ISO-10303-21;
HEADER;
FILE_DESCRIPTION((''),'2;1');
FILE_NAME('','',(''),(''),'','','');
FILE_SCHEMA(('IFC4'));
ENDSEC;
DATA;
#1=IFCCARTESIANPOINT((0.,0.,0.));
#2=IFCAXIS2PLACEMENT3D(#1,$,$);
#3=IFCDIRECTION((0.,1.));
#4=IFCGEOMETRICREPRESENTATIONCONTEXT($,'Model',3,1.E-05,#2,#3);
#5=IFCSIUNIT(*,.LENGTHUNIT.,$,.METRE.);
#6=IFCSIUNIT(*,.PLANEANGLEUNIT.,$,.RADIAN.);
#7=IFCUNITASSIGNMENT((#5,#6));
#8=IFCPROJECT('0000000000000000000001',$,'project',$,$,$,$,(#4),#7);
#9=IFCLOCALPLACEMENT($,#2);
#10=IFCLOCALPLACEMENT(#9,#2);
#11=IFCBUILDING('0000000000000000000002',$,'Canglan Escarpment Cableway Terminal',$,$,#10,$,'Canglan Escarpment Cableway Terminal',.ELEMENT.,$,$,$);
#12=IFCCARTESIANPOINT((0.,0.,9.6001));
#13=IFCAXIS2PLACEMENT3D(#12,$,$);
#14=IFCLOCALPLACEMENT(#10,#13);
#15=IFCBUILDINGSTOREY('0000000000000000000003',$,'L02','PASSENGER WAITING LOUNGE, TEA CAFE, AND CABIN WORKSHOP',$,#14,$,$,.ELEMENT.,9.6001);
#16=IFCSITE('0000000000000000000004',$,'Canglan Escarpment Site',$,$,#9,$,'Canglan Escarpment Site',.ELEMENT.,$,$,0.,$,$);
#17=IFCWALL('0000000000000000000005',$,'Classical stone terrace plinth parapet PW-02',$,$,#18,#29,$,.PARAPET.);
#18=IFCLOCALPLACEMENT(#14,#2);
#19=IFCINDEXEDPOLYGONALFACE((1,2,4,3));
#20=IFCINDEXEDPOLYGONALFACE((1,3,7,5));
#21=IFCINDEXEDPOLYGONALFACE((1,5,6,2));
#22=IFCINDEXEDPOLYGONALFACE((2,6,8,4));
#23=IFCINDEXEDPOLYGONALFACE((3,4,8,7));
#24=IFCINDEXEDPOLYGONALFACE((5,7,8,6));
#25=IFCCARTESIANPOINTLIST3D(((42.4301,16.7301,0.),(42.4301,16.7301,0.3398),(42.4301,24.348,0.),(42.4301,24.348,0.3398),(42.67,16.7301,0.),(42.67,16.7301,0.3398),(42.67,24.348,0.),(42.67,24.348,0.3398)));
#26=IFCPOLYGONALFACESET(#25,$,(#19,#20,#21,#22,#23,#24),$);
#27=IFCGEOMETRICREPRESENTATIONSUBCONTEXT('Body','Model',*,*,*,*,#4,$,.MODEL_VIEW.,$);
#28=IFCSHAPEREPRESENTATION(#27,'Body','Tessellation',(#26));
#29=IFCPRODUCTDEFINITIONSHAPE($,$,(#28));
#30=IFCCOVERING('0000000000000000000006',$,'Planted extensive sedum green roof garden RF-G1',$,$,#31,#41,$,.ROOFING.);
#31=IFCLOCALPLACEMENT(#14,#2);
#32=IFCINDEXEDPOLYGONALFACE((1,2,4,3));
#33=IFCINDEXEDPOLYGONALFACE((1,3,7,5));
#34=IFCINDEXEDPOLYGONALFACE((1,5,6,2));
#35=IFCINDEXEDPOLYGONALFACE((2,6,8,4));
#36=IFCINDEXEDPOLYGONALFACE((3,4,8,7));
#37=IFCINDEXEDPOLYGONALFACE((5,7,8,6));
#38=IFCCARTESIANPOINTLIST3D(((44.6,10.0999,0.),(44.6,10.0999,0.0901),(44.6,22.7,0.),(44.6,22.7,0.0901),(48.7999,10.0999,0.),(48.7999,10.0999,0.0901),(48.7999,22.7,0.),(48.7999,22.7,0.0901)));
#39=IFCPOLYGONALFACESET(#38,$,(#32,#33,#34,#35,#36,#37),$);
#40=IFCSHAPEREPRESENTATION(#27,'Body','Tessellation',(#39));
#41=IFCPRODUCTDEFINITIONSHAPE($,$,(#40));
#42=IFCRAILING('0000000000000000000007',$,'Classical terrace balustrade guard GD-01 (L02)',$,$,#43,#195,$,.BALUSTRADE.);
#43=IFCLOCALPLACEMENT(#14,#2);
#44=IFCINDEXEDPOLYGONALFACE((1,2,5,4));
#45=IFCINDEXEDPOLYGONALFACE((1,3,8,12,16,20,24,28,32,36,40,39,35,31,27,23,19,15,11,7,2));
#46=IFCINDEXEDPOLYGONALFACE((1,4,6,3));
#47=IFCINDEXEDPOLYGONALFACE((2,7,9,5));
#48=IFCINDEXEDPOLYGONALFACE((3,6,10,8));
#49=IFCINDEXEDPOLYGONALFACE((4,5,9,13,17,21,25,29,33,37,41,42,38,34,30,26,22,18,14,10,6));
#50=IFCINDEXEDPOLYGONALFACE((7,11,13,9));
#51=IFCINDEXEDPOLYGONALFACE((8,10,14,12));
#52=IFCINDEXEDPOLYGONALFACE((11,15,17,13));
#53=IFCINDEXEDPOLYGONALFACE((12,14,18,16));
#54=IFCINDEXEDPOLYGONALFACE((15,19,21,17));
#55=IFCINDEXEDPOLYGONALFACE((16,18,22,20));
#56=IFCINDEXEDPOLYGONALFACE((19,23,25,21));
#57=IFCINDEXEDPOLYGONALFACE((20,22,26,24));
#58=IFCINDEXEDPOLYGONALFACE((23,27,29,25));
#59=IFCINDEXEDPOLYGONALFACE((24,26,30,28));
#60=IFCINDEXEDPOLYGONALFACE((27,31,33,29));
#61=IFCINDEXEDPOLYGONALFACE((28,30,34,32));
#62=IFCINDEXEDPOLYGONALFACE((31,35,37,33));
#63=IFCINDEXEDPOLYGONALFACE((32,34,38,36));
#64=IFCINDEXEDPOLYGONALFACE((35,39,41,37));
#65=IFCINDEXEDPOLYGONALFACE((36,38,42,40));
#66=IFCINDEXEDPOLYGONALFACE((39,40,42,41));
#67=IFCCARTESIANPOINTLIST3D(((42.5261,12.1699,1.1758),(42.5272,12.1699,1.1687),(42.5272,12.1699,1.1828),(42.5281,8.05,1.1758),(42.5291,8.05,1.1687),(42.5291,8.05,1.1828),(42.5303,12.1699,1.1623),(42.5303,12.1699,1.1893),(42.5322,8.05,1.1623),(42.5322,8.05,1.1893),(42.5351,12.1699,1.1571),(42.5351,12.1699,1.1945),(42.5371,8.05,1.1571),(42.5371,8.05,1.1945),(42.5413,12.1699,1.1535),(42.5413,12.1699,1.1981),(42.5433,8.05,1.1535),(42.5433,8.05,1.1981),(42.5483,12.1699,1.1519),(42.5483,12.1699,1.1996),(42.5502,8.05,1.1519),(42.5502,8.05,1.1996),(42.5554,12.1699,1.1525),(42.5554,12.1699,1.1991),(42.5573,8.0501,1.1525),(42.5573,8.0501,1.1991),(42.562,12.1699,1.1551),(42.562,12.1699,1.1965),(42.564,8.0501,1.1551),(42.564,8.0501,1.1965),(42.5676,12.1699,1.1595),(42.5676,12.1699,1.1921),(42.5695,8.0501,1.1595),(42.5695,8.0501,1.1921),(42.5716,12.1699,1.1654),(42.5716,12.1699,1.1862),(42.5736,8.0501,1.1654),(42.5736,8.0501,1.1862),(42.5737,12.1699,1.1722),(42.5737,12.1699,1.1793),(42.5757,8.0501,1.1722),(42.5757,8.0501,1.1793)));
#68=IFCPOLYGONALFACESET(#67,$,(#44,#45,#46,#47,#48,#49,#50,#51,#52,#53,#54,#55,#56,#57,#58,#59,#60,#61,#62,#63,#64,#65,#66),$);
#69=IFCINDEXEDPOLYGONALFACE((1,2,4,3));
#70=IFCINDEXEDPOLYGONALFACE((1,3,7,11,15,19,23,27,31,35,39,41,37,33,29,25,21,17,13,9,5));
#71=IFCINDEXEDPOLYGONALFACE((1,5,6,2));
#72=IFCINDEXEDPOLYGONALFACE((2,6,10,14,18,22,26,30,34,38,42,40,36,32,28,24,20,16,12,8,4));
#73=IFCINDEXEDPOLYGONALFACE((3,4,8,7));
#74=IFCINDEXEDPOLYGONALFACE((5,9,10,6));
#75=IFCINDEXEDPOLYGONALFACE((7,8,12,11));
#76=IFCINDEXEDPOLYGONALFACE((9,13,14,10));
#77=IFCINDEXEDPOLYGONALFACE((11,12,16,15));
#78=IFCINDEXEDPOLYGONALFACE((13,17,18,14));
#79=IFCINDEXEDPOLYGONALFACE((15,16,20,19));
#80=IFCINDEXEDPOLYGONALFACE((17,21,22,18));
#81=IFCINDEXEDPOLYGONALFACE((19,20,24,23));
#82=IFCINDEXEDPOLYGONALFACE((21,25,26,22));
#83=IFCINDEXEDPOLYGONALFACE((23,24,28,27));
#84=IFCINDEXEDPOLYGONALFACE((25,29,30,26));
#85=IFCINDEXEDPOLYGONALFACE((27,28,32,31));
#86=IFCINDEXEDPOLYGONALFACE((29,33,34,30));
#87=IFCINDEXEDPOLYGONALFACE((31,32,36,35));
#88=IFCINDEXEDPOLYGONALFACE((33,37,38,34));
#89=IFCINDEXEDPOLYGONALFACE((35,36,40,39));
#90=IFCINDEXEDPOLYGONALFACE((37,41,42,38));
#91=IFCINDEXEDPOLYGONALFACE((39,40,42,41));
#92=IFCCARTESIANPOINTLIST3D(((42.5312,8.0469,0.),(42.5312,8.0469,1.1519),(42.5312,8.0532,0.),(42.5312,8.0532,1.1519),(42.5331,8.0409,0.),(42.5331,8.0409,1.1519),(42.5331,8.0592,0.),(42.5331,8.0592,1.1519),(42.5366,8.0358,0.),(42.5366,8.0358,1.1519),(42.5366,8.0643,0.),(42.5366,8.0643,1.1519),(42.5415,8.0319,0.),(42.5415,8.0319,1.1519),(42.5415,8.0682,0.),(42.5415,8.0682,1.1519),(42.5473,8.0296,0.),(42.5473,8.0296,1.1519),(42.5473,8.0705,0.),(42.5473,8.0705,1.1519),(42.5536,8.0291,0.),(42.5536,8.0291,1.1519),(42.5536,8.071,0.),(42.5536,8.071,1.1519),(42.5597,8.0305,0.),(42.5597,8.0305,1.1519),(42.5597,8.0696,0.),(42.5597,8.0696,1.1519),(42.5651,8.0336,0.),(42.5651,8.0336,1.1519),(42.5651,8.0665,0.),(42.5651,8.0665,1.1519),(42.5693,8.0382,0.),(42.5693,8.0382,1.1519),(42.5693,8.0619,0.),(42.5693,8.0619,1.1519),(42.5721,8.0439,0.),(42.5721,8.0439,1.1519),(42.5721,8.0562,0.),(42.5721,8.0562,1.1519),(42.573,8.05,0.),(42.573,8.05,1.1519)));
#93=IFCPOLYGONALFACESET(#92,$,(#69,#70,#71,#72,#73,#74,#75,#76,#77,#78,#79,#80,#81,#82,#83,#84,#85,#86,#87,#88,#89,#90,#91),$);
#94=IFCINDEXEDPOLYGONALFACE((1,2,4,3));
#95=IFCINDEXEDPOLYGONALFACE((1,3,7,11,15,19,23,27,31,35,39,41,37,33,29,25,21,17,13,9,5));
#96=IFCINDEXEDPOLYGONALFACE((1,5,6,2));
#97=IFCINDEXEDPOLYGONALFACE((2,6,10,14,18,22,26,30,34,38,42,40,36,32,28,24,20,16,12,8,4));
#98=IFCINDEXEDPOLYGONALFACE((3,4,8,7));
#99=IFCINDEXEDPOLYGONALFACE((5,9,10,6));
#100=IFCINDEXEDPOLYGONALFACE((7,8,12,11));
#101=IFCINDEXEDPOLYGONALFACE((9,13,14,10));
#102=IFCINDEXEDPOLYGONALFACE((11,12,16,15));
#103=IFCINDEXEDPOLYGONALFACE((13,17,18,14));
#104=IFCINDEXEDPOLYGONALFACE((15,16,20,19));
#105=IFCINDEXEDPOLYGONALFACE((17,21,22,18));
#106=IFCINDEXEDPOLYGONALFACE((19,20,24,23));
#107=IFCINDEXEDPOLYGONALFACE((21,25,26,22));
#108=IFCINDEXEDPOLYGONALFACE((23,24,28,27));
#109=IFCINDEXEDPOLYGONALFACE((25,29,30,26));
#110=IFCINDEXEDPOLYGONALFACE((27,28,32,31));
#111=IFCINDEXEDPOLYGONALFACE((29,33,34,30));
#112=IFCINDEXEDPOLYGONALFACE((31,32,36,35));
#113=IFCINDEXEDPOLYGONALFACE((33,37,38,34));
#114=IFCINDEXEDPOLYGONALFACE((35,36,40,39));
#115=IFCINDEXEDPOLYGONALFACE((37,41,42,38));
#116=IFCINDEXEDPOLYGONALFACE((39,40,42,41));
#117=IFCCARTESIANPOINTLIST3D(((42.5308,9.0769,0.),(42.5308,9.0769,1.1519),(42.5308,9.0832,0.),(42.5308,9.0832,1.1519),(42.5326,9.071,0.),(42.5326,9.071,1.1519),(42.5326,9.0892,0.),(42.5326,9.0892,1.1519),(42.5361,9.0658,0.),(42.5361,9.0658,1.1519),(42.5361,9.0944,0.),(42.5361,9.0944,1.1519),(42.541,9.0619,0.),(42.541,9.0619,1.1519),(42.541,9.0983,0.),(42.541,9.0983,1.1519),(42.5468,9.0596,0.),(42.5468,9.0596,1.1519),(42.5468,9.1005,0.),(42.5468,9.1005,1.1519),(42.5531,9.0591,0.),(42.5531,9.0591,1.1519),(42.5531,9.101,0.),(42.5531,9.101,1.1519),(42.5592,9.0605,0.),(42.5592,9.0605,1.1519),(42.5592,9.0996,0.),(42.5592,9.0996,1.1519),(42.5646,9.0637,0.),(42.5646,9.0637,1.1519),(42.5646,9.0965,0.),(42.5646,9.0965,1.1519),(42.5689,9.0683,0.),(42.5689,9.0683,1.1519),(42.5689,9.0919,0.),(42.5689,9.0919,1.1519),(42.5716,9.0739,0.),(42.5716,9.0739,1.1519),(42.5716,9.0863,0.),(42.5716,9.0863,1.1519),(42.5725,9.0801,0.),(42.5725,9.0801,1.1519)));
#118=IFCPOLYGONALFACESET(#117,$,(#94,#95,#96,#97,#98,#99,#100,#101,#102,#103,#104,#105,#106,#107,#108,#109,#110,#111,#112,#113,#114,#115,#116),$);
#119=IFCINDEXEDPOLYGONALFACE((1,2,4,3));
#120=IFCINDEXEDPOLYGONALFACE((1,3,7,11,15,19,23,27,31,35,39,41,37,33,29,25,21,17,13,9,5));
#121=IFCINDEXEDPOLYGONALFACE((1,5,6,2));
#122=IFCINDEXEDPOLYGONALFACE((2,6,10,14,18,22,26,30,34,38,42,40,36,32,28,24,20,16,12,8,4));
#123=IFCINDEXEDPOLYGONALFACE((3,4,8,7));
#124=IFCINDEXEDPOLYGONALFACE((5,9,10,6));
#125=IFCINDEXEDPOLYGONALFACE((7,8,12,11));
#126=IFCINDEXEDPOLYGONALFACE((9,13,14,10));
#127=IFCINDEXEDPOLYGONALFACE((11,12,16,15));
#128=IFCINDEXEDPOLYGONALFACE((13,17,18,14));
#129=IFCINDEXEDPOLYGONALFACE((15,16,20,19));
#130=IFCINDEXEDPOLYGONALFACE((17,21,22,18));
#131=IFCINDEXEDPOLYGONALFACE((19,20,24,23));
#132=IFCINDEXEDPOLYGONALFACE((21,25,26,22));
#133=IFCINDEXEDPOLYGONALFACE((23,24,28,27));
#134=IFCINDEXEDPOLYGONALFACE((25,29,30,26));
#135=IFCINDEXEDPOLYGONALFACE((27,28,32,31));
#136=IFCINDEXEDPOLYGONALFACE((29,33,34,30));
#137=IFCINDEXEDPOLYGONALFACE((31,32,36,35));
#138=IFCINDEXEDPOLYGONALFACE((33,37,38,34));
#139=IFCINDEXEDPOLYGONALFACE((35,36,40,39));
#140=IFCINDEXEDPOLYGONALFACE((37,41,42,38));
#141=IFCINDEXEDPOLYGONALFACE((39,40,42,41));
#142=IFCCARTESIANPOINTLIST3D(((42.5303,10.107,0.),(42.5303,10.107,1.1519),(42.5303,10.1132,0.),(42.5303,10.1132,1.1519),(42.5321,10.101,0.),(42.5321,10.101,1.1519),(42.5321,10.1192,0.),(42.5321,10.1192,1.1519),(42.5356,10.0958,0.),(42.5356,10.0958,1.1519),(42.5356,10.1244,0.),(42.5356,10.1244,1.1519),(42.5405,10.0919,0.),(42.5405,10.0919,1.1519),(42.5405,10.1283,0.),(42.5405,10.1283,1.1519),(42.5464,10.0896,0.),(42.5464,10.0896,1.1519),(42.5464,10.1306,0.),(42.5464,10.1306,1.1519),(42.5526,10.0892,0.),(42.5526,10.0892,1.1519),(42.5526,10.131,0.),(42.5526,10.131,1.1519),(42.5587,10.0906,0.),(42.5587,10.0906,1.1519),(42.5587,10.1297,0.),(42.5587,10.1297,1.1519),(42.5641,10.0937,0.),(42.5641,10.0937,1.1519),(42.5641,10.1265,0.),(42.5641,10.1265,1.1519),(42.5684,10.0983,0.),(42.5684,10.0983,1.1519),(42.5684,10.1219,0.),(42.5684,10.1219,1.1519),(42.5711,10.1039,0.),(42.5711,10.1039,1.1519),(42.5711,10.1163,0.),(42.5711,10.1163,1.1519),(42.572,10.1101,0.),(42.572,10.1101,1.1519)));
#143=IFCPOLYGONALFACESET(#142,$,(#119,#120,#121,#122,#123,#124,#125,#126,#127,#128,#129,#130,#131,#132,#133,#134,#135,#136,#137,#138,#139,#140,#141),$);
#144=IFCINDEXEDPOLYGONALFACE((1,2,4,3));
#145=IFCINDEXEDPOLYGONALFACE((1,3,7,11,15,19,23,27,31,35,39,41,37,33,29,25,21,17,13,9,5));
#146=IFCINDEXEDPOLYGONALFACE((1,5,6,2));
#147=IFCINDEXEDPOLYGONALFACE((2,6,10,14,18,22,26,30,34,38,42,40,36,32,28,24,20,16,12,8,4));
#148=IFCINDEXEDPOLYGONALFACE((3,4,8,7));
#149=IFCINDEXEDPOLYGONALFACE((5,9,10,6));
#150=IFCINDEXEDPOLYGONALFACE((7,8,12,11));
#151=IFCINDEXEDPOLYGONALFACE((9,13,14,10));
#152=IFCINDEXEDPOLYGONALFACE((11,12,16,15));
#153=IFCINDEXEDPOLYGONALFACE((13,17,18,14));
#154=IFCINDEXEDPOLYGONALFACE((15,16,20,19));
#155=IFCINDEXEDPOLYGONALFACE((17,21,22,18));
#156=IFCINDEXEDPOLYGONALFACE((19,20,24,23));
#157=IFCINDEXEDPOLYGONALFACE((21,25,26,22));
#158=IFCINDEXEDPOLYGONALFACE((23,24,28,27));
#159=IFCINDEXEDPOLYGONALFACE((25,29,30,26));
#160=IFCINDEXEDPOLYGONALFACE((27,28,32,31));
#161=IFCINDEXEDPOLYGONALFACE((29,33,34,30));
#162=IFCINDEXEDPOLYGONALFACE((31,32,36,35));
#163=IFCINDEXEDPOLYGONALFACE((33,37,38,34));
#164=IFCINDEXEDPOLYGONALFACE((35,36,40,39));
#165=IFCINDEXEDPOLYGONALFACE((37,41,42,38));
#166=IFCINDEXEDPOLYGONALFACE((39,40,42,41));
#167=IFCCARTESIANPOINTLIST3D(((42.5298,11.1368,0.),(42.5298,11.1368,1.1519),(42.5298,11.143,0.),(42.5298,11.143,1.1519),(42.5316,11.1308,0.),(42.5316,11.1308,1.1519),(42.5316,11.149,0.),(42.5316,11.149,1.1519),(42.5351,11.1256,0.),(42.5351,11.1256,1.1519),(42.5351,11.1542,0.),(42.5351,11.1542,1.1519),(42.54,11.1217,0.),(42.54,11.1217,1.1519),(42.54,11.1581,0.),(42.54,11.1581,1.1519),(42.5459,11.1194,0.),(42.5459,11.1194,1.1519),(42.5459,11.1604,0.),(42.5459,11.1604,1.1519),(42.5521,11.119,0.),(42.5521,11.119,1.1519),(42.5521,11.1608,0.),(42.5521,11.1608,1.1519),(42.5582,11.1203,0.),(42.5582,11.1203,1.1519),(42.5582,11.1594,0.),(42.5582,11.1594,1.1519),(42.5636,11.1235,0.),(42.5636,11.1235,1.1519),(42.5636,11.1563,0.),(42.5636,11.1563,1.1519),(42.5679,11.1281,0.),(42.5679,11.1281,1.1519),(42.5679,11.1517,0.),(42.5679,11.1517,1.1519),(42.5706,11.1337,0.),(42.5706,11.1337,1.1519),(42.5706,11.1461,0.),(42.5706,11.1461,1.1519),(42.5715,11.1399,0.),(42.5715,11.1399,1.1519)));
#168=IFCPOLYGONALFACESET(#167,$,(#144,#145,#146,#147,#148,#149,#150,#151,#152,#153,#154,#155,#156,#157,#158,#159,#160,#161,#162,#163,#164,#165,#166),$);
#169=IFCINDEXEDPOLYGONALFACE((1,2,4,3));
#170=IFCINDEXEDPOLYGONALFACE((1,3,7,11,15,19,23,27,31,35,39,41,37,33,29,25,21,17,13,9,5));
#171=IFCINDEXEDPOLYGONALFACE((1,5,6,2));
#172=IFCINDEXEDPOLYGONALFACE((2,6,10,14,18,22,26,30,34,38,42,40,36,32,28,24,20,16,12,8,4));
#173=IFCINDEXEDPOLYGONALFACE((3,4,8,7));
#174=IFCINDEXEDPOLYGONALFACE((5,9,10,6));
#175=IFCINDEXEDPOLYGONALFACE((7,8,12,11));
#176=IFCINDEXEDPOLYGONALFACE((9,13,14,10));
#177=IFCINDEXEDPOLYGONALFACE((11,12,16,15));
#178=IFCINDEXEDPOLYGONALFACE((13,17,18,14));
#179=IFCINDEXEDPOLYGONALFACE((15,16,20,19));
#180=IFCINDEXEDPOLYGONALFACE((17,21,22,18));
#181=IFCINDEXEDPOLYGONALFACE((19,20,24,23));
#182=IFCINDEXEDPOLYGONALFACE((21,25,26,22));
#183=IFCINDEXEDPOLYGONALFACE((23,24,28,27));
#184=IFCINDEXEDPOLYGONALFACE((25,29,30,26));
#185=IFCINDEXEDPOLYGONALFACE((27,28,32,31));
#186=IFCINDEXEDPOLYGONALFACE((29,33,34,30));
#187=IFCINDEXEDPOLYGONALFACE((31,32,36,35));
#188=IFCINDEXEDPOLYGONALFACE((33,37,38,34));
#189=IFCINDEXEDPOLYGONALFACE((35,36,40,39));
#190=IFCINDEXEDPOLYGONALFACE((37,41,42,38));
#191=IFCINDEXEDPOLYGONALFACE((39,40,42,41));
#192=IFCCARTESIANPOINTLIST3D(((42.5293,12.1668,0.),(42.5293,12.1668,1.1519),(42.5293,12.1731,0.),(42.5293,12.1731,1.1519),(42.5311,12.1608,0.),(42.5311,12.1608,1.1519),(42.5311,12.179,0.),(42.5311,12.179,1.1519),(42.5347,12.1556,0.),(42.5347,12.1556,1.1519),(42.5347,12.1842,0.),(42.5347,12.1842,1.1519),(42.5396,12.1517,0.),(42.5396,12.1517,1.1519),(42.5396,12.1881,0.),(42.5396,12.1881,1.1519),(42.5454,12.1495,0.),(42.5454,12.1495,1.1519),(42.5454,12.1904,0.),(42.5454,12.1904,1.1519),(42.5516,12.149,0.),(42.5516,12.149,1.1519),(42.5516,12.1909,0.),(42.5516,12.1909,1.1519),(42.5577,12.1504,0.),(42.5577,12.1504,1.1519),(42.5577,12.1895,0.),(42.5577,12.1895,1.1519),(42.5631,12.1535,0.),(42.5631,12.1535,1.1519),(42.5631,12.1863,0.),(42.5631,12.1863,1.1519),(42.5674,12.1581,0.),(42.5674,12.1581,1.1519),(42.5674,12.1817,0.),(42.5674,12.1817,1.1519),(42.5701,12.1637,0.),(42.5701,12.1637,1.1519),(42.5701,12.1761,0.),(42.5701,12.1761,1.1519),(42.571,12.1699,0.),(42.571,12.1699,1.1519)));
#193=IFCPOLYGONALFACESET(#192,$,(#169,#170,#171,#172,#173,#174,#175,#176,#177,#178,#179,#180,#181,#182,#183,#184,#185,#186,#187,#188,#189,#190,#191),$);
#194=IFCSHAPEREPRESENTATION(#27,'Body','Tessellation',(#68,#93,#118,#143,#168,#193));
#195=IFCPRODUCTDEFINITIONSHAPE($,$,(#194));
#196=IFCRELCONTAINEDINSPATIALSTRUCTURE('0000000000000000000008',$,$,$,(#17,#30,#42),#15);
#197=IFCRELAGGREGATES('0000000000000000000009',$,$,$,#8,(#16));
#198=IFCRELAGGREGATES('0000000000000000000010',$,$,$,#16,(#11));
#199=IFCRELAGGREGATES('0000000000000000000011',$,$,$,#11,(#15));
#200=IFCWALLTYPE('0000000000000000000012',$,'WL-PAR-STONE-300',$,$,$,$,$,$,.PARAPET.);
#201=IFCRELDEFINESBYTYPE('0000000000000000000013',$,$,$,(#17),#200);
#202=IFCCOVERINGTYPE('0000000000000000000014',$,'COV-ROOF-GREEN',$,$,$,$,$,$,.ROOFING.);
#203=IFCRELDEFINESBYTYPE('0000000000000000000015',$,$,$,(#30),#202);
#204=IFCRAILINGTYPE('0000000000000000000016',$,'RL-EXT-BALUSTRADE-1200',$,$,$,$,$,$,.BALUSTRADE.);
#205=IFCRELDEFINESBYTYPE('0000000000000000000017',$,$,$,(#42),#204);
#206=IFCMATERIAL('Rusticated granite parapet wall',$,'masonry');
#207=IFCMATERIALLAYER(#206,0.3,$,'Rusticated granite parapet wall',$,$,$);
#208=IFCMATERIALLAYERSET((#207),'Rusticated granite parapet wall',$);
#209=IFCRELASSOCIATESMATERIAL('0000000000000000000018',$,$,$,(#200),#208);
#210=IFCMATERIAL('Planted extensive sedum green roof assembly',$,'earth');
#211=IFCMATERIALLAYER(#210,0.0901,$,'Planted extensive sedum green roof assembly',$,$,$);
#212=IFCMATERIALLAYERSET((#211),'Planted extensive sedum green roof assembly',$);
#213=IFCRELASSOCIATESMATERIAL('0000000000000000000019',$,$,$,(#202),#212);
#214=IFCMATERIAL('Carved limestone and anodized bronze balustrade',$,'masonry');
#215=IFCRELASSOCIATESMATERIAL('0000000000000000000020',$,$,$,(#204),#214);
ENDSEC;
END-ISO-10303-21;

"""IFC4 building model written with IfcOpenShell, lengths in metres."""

from ifc_helpers import new_model, si_unit, direction, frame, frame_2d, origin, origin_2d, place, context, subcontext, project, spatial, rectangle, circle, extrude, material, layer, layer_set, type_object, element, save


model = new_model("IFC4")

# Units and contexts
model_context = context("Model", 3, precision=1e-05, world=origin(), true_north=direction((0.0, 1.0)))
body_context = subcontext(model_context, "Body", "Model", "MODEL_VIEW")
ifc_project = project(units=[si_unit("LENGTHUNIT", "METRE"), si_unit("PLANEANGLEUNIT", "RADIAN")], contexts=[model_context])

# Site, building, storey
site_placement = place(None, origin())
site = spatial("IfcSite", under=ifc_project, at=site_placement, Name="Canglan Escarpment Site", LongName="Canglan Escarpment Site", CompositionType="ELEMENT", RefElevation=0.0)
building_placement = place(site_placement, origin())
building = spatial("IfcBuilding", under=site, at=building_placement, Name="Canglan Escarpment Cableway Terminal", LongName="Canglan Escarpment Cableway Terminal", CompositionType="ELEMENT")
storey_placement = place(building_placement, frame((0.0, 0.0, 9.6001)))
storey = spatial("IfcBuildingStorey", under=building, at=storey_placement, Name="L02", Description="PASSENGER WAITING LOUNGE, TEA CAFE, AND CABIN WORKSHOP", CompositionType="ELEMENT", Elevation=9.6001)

# Wall
ifc_material_1 = material(Name="Rusticated granite parapet wall", Category="masonry")
ifc_layer_1 = layer(ifc_material_1, 0.3, Name="Rusticated granite parapet wall")
ifc_layer_set_1 = layer_set([ifc_layer_1], Name="Rusticated granite parapet wall")
wall_type_1 = type_object("IfcWallType", Name="WL-PAR-STONE-300", PredefinedType="PARAPET", material=ifc_layer_set_1)
wall_1_placement = place(storey_placement, frame((42.55, 16.73, 0.0), z_axis=(0.0, 0.0, 1.0), x_axis=(0.0, 1.0, 0.0)))
element("IfcWall", 1, at=wall_1_placement, inside=storey, type_object=wall_type_1, Name="Classical stone terrace plinth parapet PW-02", PredefinedType="PARAPET", context=body_context, shape_type="SweptSolid", body=[
    extrude(rectangle(XDim=7.6179, YDim=0.24, at=frame_2d((3.8091, 0.0))), origin(), (0.0, 0.0, 1.0), 0.3398),
])

# Covering
ifc_material_2 = material(Name="Planted extensive sedum green roof assembly", Category="earth")
ifc_layer_2 = layer(ifc_material_2, 0.0901, Name="Planted extensive sedum green roof assembly")
ifc_layer_set_2 = layer_set([ifc_layer_2], Name="Planted extensive sedum green roof assembly")
covering_type = type_object("IfcCoveringType", Name="COV-ROOF-GREEN", PredefinedType="ROOFING", material=ifc_layer_set_2)
covering_placement = place(storey_placement, frame((46.7, 16.3999, 0.0), z_axis=(0.0, 0.0, 1.0), x_axis=(1.0, 0.0, 0.0)))
element("IfcCovering", 2, at=covering_placement, inside=storey, type_object=covering_type, Name="Planted extensive sedum green roof garden RF-G1", PredefinedType="ROOFING", context=body_context, shape_type="SweptSolid", body=[
    extrude(rectangle(XDim=4.2, YDim=12.6001, at=origin_2d()), origin(), (0.0, 0.0, 1.0), 0.0901),
])

# Railing
ifc_material_3 = material(Name="Carved limestone and anodized bronze balustrade", Category="masonry")
railing_type = type_object("IfcRailingType", Name="RL-EXT-BALUSTRADE-1200", PredefinedType="BALUSTRADE", material=ifc_material_3)
railing_1_placement = place(storey_placement, frame((42.552, 8.05, 0.0)))
element("IfcRailing", 3, at=railing_1_placement, inside=storey, type_object=railing_type, Name="Classical terrace balustrade guard GD-01 (L02)", PredefinedType="BALUSTRADE", context=body_context, shape_type="SweptSolid", body=[
    extrude(circle(Radius=0.0239, at=origin_2d()), frame((0.0, 0.0, 1.1758), z_axis=(-0.000474, 1.0, 0.0), x_axis=(-1.0, -0.000474, 0.0)), (0.0, 0.0, 1.0), 4.1199),
    extrude(circle(Radius=0.021, at=origin_2d()), origin(), (0.0, 0.0, 1.0), 1.1519),
    extrude(circle(Radius=0.021, at=origin_2d()), frame((-0.0005, 1.03, 0.0)), (0.0, 0.0, 1.0), 1.1519),
    extrude(circle(Radius=0.021, at=origin_2d()), frame((-0.001, 2.0601, 0.0)), (0.0, 0.0, 1.0), 1.1519),
    extrude(circle(Radius=0.021, at=origin_2d()), frame((-0.0015, 3.0898, 0.0)), (0.0, 0.0, 1.0), 1.1519),
    extrude(circle(Radius=0.021, at=origin_2d()), frame((-0.002, 4.1199, 0.0)), (0.0, 0.0, 1.0), 1.1519),
])

save(model, "model.ifc")
